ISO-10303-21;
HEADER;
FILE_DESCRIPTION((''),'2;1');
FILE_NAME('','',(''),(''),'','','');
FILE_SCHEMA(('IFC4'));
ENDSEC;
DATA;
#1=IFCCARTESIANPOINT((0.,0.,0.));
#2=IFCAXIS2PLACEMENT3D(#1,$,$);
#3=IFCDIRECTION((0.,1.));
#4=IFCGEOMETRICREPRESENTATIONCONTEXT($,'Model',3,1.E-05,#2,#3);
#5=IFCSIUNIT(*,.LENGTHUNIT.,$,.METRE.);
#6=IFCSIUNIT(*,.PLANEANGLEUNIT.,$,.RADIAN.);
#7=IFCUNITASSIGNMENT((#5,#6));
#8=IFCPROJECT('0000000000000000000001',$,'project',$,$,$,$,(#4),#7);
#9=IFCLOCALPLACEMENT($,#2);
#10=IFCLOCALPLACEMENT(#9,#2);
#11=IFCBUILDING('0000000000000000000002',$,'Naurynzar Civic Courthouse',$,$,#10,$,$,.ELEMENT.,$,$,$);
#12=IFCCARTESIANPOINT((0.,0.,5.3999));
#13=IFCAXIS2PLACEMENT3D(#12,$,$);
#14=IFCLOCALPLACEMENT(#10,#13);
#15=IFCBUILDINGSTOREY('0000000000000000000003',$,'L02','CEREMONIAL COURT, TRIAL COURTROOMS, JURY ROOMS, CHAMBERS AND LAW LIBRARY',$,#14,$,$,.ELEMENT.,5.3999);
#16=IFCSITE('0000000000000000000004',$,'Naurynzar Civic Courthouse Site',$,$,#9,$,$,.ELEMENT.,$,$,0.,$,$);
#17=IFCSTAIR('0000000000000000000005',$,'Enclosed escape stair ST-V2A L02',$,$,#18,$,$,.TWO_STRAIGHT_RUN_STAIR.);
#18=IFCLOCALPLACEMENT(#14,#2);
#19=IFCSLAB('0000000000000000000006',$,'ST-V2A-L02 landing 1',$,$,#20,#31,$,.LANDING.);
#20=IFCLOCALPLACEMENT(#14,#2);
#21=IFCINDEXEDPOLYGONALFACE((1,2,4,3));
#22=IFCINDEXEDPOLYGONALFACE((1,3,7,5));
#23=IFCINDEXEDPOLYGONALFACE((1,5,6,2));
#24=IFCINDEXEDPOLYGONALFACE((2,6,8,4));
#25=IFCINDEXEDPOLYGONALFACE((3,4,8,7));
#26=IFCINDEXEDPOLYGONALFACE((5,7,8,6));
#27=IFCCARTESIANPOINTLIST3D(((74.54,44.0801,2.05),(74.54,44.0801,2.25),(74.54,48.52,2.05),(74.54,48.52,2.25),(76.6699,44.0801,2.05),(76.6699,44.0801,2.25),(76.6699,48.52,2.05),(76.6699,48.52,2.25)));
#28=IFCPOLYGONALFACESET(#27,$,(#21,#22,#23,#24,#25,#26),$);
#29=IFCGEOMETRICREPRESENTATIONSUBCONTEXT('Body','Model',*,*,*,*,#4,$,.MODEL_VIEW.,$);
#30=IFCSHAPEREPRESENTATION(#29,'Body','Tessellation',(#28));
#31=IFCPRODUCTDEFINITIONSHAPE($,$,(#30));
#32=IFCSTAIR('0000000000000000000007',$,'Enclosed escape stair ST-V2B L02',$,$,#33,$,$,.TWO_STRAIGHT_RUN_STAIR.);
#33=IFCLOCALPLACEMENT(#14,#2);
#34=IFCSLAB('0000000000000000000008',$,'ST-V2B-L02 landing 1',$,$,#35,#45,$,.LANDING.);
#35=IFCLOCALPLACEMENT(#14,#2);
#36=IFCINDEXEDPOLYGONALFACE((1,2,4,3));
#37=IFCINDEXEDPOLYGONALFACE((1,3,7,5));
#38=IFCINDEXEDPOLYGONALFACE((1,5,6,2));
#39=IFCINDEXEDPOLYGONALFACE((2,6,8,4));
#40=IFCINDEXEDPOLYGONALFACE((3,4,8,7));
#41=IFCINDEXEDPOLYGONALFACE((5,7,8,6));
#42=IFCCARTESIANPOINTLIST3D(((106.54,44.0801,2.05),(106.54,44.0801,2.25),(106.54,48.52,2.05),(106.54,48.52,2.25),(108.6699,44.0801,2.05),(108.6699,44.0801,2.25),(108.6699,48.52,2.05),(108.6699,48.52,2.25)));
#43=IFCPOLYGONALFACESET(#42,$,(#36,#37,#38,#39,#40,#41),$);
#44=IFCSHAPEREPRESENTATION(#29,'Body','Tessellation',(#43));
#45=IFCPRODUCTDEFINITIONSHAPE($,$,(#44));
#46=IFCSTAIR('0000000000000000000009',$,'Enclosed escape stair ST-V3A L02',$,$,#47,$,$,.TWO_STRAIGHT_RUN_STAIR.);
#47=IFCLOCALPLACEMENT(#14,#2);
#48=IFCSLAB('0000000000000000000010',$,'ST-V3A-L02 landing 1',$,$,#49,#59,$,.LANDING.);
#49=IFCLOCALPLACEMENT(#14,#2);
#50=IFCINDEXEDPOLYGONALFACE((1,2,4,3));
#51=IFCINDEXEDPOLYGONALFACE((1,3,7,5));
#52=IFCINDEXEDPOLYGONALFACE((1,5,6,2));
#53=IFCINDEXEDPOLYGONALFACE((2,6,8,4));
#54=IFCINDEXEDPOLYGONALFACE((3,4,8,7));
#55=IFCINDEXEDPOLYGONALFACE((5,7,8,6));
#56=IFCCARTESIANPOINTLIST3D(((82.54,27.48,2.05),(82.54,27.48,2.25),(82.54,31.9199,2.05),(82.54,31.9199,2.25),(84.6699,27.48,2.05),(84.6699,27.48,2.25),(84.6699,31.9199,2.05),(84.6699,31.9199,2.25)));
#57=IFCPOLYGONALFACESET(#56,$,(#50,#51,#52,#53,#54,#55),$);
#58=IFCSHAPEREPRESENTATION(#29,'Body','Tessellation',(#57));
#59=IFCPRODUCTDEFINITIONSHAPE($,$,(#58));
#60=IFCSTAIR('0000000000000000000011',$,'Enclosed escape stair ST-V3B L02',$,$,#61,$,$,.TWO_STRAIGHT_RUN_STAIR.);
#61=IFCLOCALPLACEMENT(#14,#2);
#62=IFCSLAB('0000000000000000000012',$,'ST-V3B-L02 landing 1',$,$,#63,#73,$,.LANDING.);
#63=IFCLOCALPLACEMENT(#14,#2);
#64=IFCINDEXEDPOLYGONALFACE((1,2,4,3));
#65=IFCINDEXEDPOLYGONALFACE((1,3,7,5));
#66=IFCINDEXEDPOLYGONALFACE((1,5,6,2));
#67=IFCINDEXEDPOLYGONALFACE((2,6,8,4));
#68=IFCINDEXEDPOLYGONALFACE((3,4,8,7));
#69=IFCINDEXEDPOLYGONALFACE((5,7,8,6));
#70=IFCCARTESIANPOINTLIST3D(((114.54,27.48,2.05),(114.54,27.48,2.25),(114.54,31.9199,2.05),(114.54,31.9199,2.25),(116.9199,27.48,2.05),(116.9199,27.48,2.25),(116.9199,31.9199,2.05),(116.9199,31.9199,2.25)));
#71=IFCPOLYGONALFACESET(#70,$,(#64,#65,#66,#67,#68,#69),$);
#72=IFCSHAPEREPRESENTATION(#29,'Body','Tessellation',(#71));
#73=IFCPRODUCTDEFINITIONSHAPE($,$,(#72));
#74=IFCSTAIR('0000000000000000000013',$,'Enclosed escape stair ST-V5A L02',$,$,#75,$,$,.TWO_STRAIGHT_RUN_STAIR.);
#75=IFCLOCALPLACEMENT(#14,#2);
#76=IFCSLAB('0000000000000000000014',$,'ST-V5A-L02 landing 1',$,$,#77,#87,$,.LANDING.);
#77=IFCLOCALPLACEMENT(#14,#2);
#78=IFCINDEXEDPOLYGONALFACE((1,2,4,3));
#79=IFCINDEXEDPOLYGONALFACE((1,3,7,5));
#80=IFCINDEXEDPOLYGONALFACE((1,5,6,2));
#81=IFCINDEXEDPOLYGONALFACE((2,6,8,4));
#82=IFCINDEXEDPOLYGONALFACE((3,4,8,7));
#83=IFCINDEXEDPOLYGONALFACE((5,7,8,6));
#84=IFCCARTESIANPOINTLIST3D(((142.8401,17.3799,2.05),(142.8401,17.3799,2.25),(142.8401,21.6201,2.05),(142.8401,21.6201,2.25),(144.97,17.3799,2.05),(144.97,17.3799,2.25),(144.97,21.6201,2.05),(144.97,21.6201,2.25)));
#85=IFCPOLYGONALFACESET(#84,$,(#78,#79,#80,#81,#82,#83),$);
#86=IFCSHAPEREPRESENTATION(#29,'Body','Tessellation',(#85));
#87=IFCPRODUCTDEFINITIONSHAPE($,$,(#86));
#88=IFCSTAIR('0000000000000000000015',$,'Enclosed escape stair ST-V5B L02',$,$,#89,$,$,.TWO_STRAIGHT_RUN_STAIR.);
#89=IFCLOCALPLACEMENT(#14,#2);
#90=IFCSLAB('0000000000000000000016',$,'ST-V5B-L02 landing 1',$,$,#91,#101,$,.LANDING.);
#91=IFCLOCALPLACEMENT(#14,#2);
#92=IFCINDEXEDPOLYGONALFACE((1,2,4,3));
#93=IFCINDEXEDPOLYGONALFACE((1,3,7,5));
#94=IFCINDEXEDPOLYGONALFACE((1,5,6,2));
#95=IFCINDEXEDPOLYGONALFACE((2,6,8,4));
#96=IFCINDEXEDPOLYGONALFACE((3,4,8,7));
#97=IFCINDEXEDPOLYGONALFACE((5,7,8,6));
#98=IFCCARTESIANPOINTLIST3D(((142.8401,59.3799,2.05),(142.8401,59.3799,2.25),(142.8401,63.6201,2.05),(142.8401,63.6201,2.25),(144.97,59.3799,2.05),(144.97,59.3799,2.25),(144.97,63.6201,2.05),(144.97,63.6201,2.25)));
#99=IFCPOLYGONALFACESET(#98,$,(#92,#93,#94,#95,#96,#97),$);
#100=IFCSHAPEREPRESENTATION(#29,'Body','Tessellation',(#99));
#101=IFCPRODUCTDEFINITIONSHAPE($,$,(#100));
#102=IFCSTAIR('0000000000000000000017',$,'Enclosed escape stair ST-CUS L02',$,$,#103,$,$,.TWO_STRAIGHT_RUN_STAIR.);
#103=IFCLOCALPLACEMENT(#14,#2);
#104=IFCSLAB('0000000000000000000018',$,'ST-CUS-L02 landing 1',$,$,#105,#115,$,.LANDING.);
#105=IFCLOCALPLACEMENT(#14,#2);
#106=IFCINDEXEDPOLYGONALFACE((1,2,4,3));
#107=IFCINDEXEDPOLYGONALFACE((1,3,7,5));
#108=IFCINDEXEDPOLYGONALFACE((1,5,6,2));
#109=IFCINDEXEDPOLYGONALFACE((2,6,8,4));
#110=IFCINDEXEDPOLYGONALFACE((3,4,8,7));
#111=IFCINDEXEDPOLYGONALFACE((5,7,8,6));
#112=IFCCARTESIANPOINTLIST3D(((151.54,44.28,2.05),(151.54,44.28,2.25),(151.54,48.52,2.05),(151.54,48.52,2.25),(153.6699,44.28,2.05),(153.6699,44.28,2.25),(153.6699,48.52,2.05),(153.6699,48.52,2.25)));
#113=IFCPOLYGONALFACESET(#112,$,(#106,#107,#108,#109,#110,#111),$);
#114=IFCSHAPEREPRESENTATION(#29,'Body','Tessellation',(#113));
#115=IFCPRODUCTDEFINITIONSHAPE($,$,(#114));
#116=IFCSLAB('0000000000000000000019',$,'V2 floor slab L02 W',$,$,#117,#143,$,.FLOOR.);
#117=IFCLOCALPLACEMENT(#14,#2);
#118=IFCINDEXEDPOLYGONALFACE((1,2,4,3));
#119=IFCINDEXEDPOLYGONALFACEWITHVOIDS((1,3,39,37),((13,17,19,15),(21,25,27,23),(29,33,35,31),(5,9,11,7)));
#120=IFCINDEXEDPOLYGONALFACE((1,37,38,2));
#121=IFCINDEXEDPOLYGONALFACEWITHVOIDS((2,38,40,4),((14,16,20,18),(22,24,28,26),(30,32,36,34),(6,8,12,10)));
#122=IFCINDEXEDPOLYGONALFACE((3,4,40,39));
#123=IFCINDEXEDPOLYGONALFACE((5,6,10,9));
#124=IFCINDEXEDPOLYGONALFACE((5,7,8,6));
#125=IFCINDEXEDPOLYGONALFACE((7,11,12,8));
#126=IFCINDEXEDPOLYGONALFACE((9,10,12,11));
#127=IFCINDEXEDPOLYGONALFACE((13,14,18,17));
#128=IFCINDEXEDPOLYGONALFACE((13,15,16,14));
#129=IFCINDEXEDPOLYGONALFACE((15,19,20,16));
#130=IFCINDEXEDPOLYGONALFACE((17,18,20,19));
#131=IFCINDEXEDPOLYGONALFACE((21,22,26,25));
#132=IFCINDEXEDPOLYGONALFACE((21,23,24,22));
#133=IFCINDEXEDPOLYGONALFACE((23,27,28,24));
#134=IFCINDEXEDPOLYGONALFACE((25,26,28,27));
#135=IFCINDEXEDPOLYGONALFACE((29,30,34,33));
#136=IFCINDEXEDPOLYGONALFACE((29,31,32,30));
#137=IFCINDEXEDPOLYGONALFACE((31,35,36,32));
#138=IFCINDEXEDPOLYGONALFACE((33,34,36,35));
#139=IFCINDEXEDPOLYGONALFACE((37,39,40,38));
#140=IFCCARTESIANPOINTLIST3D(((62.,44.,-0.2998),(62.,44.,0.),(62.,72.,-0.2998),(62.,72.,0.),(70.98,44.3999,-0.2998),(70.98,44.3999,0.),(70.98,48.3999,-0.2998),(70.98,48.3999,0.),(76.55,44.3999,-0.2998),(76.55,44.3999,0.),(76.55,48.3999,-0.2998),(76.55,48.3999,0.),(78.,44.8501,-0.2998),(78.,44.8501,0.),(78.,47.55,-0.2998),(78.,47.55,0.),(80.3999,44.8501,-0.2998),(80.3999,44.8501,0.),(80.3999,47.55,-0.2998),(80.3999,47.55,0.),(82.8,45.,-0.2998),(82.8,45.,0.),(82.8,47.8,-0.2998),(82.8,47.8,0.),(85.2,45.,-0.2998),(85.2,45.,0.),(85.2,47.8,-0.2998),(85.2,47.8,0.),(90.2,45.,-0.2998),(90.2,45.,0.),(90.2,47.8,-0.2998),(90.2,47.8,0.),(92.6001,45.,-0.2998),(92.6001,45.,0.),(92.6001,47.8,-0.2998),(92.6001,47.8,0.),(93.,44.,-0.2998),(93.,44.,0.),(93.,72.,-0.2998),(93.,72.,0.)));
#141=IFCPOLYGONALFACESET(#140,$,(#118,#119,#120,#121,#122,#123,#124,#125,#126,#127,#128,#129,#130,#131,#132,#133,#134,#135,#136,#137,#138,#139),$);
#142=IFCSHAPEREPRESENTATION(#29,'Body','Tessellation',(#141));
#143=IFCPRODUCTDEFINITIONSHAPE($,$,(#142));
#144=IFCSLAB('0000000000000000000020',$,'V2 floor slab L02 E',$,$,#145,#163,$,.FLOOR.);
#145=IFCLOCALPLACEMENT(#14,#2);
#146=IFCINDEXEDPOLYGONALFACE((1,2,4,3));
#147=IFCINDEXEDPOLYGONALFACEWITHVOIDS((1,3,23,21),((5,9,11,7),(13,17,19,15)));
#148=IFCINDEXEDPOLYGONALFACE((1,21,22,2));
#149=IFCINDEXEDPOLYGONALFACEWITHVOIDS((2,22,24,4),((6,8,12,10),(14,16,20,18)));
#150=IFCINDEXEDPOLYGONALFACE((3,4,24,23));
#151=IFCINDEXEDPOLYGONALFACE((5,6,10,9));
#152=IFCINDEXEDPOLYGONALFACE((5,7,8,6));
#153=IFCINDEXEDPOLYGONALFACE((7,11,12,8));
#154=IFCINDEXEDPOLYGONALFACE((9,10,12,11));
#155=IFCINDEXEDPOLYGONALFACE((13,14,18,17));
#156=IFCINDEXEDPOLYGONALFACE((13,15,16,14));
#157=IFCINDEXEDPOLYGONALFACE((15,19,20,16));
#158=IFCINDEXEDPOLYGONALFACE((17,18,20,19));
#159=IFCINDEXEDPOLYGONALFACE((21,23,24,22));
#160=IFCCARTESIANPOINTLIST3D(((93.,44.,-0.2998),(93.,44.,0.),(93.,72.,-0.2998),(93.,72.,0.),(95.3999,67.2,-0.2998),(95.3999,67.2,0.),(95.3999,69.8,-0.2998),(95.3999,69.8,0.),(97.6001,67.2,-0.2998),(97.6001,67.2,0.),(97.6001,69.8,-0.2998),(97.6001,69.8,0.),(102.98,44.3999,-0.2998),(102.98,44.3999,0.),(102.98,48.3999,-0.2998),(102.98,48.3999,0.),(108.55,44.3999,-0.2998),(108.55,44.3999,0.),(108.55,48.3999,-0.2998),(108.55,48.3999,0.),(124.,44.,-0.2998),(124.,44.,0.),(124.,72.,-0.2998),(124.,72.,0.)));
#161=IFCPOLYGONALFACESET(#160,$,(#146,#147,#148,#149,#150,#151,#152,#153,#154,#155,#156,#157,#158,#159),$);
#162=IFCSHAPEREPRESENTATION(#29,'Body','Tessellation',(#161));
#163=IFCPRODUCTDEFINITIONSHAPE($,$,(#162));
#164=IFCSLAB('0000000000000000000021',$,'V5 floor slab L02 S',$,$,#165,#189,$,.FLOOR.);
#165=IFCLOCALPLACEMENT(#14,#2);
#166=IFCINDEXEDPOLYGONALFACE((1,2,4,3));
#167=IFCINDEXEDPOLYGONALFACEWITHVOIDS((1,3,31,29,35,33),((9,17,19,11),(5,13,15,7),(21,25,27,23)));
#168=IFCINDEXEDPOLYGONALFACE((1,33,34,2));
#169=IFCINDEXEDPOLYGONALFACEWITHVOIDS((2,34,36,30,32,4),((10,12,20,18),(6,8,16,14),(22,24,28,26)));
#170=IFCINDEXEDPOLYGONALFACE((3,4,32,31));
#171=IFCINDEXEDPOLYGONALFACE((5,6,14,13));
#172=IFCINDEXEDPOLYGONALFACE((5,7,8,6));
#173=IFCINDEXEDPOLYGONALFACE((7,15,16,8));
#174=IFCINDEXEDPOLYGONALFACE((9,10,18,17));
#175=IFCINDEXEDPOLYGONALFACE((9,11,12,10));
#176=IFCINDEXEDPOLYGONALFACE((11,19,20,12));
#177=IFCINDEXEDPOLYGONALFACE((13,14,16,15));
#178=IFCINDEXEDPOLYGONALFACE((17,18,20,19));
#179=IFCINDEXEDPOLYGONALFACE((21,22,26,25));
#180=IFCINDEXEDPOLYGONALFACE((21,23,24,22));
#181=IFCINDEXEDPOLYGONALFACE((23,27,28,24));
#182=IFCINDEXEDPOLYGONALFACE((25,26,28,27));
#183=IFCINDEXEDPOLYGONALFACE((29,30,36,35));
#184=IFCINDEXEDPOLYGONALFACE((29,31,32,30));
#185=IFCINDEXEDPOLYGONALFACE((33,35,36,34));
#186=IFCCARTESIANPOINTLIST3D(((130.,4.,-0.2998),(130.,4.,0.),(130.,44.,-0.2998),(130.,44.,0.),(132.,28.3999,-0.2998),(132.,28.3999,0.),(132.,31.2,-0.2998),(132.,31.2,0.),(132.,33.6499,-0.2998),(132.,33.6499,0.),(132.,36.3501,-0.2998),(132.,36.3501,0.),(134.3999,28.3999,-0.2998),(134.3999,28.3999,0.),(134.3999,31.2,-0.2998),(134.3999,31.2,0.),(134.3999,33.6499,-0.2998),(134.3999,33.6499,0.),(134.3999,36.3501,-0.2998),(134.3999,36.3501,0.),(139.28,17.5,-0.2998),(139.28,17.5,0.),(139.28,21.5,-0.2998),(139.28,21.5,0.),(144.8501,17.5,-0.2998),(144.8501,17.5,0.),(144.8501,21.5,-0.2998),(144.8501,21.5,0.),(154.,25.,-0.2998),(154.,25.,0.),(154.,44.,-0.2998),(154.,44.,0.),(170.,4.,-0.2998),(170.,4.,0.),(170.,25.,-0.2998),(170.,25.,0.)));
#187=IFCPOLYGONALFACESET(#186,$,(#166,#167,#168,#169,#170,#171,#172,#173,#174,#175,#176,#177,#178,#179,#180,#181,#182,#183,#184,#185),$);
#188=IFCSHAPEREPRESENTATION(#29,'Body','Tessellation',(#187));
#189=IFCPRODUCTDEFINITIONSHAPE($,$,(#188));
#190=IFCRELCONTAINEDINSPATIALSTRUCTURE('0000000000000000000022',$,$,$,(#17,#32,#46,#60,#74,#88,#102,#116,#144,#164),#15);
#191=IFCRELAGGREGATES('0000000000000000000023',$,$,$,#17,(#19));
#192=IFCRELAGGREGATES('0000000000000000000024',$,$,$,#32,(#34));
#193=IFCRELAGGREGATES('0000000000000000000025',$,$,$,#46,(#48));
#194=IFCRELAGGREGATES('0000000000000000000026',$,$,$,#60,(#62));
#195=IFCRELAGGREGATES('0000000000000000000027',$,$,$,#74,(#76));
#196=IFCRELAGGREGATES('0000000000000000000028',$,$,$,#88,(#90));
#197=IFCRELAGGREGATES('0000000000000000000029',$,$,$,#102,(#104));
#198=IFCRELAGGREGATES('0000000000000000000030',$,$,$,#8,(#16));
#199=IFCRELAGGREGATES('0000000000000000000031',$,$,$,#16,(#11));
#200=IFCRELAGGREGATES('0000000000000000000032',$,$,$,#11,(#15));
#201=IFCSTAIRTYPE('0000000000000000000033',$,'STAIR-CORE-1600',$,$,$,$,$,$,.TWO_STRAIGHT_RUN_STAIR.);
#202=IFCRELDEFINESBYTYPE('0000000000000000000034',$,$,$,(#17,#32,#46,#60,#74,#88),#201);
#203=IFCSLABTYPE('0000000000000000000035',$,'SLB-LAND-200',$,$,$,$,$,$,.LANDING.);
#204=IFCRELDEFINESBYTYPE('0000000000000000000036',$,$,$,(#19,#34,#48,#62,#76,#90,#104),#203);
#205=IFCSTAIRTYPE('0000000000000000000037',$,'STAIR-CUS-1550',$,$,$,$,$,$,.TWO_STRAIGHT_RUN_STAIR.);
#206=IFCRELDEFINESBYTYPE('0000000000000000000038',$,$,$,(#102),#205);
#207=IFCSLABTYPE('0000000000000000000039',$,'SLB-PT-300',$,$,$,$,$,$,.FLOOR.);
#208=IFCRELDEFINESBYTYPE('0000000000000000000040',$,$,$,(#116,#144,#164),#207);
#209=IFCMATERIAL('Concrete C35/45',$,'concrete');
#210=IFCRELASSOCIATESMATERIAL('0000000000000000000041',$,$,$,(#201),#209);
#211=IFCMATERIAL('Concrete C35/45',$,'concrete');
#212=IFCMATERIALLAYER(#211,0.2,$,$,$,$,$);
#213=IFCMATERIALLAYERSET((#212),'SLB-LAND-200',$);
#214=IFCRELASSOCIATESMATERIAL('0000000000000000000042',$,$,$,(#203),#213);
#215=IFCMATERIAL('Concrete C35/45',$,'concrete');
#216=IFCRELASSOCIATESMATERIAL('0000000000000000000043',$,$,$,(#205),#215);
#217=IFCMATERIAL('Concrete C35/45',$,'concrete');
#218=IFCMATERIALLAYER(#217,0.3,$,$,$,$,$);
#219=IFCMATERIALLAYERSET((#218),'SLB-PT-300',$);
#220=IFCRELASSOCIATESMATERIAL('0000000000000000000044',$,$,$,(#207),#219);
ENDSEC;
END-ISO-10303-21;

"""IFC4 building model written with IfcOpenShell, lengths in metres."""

from ifc_helpers import new_model, si_unit, direction, frame, origin, place, context, subcontext, project, spatial, polyline, outline, extrude, material, layer, layer_set, type_object, element, aggregate, save


model = new_model("IFC4")

# Units and contexts
model_context = context("Model", 3, precision=1e-05, world=origin(), true_north=direction((0.0, 1.0)))
body_context = subcontext(model_context, "Body", "Model", "MODEL_VIEW")
ifc_project = project(units=[si_unit("LENGTHUNIT", "METRE"), si_unit("PLANEANGLEUNIT", "RADIAN")], contexts=[model_context])

# Site, building, storey
site_placement = place(None, origin())
site = spatial("IfcSite", under=ifc_project, at=site_placement, Name="Naurynzar Civic Courthouse Site", CompositionType="ELEMENT", RefElevation=0.0)
building_placement = place(site_placement, origin())
building = spatial("IfcBuilding", under=site, at=building_placement, Name="Naurynzar Civic Courthouse", CompositionType="ELEMENT")
storey_placement = place(building_placement, frame((0.0, 0.0, 5.3999)))
storey = spatial("IfcBuildingStorey", under=building, at=storey_placement, Name="L02", Description="CEREMONIAL COURT, TRIAL COURTROOMS, JURY ROOMS, CHAMBERS AND LAW LIBRARY", CompositionType="ELEMENT", Elevation=5.3999)

# Stairs, slabs
ifc_material_1 = material(Name="Concrete C35/45", Category="concrete")
stair_type_1 = type_object("IfcStairType", Name="STAIR-CORE-1600", PredefinedType="TWO_STRAIGHT_RUN_STAIR", material=ifc_material_1)
ifc_material_2 = material(Name="Concrete C35/45", Category="concrete")
ifc_layer_1 = layer(ifc_material_2, 0.2)
ifc_layer_set_1 = layer_set([ifc_layer_1], Name="SLB-LAND-200")
slab_type_1 = type_object("IfcSlabType", Name="SLB-LAND-200", PredefinedType="LANDING", material=ifc_layer_set_1)
stair_1_placement = place(storey_placement, origin())
stair_1 = element("IfcStair", 1, at=stair_1_placement, inside=storey, type_object=stair_type_1, Name="Enclosed escape stair ST-V2A L02", PredefinedType="TWO_STRAIGHT_RUN_STAIR")
slab_1_placement = place(storey_placement, frame((0.0, 0.0, 2.05)))
slab_1 = element("IfcSlab", 2, at=slab_1_placement, type_object=slab_type_1, Name="ST-V2A-L02 landing 1", PredefinedType="LANDING", context=body_context, shape_type="SweptSolid", body=[
    extrude(outline(polyline([(74.54, 44.0801), (76.6699, 44.0801), (76.6699, 48.52), (74.54, 48.52), (74.54, 44.0801)])), origin(), (0.0, 0.0, 1.0), 0.2),
])
aggregate(stair_1, [slab_1])
stair_2_placement = place(storey_placement, origin())
stair_2 = element("IfcStair", 3, at=stair_2_placement, inside=storey, type_object=stair_type_1, Name="Enclosed escape stair ST-V2B L02", PredefinedType="TWO_STRAIGHT_RUN_STAIR")
slab_2_placement = place(storey_placement, frame((0.0, 0.0, 2.05)))
slab_2 = element("IfcSlab", 4, at=slab_2_placement, type_object=slab_type_1, Name="ST-V2B-L02 landing 1", PredefinedType="LANDING", context=body_context, shape_type="SweptSolid", body=[
    extrude(outline(polyline([(106.54, 44.0801), (108.6699, 44.0801), (108.6699, 48.52), (106.54, 48.52), (106.54, 44.0801)])), origin(), (0.0, 0.0, 1.0), 0.2),
])
aggregate(stair_2, [slab_2])
stair_3_placement = place(storey_placement, origin())
stair_3 = element("IfcStair", 5, at=stair_3_placement, inside=storey, type_object=stair_type_1, Name="Enclosed escape stair ST-V3A L02", PredefinedType="TWO_STRAIGHT_RUN_STAIR")
slab_3_placement = place(storey_placement, frame((0.0, 0.0, 2.05)))
slab_3 = element("IfcSlab", 6, at=slab_3_placement, type_object=slab_type_1, Name="ST-V3A-L02 landing 1", PredefinedType="LANDING", context=body_context, shape_type="SweptSolid", body=[
    extrude(outline(polyline([(82.54, 27.48), (84.6699, 27.48), (84.6699, 31.9199), (82.54, 31.9199), (82.54, 27.48)])), origin(), (0.0, 0.0, 1.0), 0.2),
])
aggregate(stair_3, [slab_3])
stair_4_placement = place(storey_placement, origin())
stair_4 = element("IfcStair", 7, at=stair_4_placement, inside=storey, type_object=stair_type_1, Name="Enclosed escape stair ST-V3B L02", PredefinedType="TWO_STRAIGHT_RUN_STAIR")
slab_4_placement = place(storey_placement, frame((0.0, 0.0, 2.05)))
slab_4 = element("IfcSlab", 8, at=slab_4_placement, type_object=slab_type_1, Name="ST-V3B-L02 landing 1", PredefinedType="LANDING", context=body_context, shape_type="SweptSolid", body=[
    extrude(outline(polyline([(114.54, 27.48), (116.9199, 27.48), (116.9199, 31.9199), (114.54, 31.9199), (114.54, 27.48)])), origin(), (0.0, 0.0, 1.0), 0.2),
])
aggregate(stair_4, [slab_4])
stair_5_placement = place(storey_placement, origin())
stair_5 = element("IfcStair", 9, at=stair_5_placement, inside=storey, type_object=stair_type_1, Name="Enclosed escape stair ST-V5A L02", PredefinedType="TWO_STRAIGHT_RUN_STAIR")
slab_5_placement = place(storey_placement, frame((0.0, 0.0, 2.05)))
slab_5 = element("IfcSlab", 10, at=slab_5_placement, type_object=slab_type_1, Name="ST-V5A-L02 landing 1", PredefinedType="LANDING", context=body_context, shape_type="SweptSolid", body=[
    extrude(outline(polyline([(142.8401, 17.3799), (144.97, 17.3799), (144.97, 21.6201), (142.8401, 21.6201), (142.8401, 17.3799)])), origin(), (0.0, 0.0, 1.0), 0.2),
])
aggregate(stair_5, [slab_5])
stair_6_placement = place(storey_placement, origin())
stair_6 = element("IfcStair", 11, at=stair_6_placement, inside=storey, type_object=stair_type_1, Name="Enclosed escape stair ST-V5B L02", PredefinedType="TWO_STRAIGHT_RUN_STAIR")
slab_6_placement = place(storey_placement, frame((0.0, 0.0, 2.05)))
slab_6 = element("IfcSlab", 12, at=slab_6_placement, type_object=slab_type_1, Name="ST-V5B-L02 landing 1", PredefinedType="LANDING", context=body_context, shape_type="SweptSolid", body=[
    extrude(outline(polyline([(142.8401, 59.3799), (144.97, 59.3799), (144.97, 63.6201), (142.8401, 63.6201), (142.8401, 59.3799)])), origin(), (0.0, 0.0, 1.0), 0.2),
])
aggregate(stair_6, [slab_6])
ifc_material_3 = material(Name="Concrete C35/45", Category="concrete")
stair_type_2 = type_object("IfcStairType", Name="STAIR-CUS-1550", PredefinedType="TWO_STRAIGHT_RUN_STAIR", material=ifc_material_3)
stair_7_placement = place(storey_placement, origin())
stair_7 = element("IfcStair", 13, at=stair_7_placement, inside=storey, type_object=stair_type_2, Name="Enclosed escape stair ST-CUS L02", PredefinedType="TWO_STRAIGHT_RUN_STAIR")
slab_7_placement = place(storey_placement, frame((0.0, 0.0, 2.05)))
slab_7 = element("IfcSlab", 14, at=slab_7_placement, type_object=slab_type_1, Name="ST-CUS-L02 landing 1", PredefinedType="LANDING", context=body_context, shape_type="SweptSolid", body=[
    extrude(outline(polyline([(151.54, 44.28), (153.6699, 44.28), (153.6699, 48.52), (151.54, 48.52), (151.54, 44.28)])), origin(), (0.0, 0.0, 1.0), 0.2),
])
aggregate(stair_7, [slab_7])

# Slabs
ifc_material_4 = material(Name="Concrete C35/45", Category="concrete")
ifc_layer_2 = layer(ifc_material_4, 0.3)
ifc_layer_set_2 = layer_set([ifc_layer_2], Name="SLB-PT-300")
slab_type_2 = type_object("IfcSlabType", Name="SLB-PT-300", PredefinedType="FLOOR", material=ifc_layer_set_2)
slab_8_placement = place(storey_placement, frame((0.0, 0.0, -0.2998)))
element("IfcSlab", 15, at=slab_8_placement, inside=storey, type_object=slab_type_2, Name="V2 floor slab L02 W", PredefinedType="FLOOR", context=body_context, shape_type="SweptSolid", body=[
    extrude(outline(polyline([(93.0, 44.0), (93.0, 72.0), (62.0, 72.0), (62.0, 44.0), (93.0, 44.0)]), holes=[polyline([(70.98, 44.3999), (76.55, 44.3999), (76.55, 48.3999), (70.98, 48.3999), (70.98, 44.3999)]), polyline([(78.0, 44.8501), (80.3999, 44.8501), (80.3999, 47.55), (78.0, 47.55), (78.0, 44.8501)]), polyline([(82.8, 45.0), (85.2, 45.0), (85.2, 47.8), (82.8, 47.8), (82.8, 45.0)]), polyline([(90.2, 45.0), (92.6001, 45.0), (92.6001, 47.8), (90.2, 47.8), (90.2, 45.0)])]), origin(), (0.0, 0.0, 1.0), 0.2998),
])
slab_9_placement = place(storey_placement, frame((0.0, 0.0, -0.2998)))
element("IfcSlab", 16, at=slab_9_placement, inside=storey, type_object=slab_type_2, Name="V2 floor slab L02 E", PredefinedType="FLOOR", context=body_context, shape_type="SweptSolid", body=[
    extrude(outline(polyline([(124.0, 44.0), (124.0, 72.0), (93.0, 72.0), (93.0, 44.0), (124.0, 44.0)]), holes=[polyline([(102.98, 44.3999), (108.55, 44.3999), (108.55, 48.3999), (102.98, 48.3999), (102.98, 44.3999)]), polyline([(95.3999, 67.2), (97.6001, 67.2), (97.6001, 69.8), (95.3999, 69.8), (95.3999, 67.2)])]), origin(), (0.0, 0.0, 1.0), 0.2998),
])
slab_10_placement = place(storey_placement, frame((0.0, 0.0, -0.2998)))
element("IfcSlab", 17, at=slab_10_placement, inside=storey, type_object=slab_type_2, Name="V5 floor slab L02 S", PredefinedType="FLOOR", context=body_context, shape_type="SweptSolid", body=[
    extrude(outline(polyline([(170.0, 4.0), (130.0, 4.0), (130.0, 44.0), (154.0, 44.0), (154.0, 25.0), (170.0, 25.0), (170.0, 4.0)]), holes=[polyline([(139.28, 17.5), (144.8501, 17.5), (144.8501, 21.5), (139.28, 21.5), (139.28, 17.5)]), polyline([(132.0, 33.6499), (134.3999, 33.6499), (134.3999, 36.3501), (132.0, 36.3501), (132.0, 33.6499)]), polyline([(132.0, 28.3999), (134.3999, 28.3999), (134.3999, 31.2), (132.0, 31.2), (132.0, 28.3999)])]), origin(), (0.0, 0.0, 1.0), 0.2998),
])

save(model, "model.ifc")
